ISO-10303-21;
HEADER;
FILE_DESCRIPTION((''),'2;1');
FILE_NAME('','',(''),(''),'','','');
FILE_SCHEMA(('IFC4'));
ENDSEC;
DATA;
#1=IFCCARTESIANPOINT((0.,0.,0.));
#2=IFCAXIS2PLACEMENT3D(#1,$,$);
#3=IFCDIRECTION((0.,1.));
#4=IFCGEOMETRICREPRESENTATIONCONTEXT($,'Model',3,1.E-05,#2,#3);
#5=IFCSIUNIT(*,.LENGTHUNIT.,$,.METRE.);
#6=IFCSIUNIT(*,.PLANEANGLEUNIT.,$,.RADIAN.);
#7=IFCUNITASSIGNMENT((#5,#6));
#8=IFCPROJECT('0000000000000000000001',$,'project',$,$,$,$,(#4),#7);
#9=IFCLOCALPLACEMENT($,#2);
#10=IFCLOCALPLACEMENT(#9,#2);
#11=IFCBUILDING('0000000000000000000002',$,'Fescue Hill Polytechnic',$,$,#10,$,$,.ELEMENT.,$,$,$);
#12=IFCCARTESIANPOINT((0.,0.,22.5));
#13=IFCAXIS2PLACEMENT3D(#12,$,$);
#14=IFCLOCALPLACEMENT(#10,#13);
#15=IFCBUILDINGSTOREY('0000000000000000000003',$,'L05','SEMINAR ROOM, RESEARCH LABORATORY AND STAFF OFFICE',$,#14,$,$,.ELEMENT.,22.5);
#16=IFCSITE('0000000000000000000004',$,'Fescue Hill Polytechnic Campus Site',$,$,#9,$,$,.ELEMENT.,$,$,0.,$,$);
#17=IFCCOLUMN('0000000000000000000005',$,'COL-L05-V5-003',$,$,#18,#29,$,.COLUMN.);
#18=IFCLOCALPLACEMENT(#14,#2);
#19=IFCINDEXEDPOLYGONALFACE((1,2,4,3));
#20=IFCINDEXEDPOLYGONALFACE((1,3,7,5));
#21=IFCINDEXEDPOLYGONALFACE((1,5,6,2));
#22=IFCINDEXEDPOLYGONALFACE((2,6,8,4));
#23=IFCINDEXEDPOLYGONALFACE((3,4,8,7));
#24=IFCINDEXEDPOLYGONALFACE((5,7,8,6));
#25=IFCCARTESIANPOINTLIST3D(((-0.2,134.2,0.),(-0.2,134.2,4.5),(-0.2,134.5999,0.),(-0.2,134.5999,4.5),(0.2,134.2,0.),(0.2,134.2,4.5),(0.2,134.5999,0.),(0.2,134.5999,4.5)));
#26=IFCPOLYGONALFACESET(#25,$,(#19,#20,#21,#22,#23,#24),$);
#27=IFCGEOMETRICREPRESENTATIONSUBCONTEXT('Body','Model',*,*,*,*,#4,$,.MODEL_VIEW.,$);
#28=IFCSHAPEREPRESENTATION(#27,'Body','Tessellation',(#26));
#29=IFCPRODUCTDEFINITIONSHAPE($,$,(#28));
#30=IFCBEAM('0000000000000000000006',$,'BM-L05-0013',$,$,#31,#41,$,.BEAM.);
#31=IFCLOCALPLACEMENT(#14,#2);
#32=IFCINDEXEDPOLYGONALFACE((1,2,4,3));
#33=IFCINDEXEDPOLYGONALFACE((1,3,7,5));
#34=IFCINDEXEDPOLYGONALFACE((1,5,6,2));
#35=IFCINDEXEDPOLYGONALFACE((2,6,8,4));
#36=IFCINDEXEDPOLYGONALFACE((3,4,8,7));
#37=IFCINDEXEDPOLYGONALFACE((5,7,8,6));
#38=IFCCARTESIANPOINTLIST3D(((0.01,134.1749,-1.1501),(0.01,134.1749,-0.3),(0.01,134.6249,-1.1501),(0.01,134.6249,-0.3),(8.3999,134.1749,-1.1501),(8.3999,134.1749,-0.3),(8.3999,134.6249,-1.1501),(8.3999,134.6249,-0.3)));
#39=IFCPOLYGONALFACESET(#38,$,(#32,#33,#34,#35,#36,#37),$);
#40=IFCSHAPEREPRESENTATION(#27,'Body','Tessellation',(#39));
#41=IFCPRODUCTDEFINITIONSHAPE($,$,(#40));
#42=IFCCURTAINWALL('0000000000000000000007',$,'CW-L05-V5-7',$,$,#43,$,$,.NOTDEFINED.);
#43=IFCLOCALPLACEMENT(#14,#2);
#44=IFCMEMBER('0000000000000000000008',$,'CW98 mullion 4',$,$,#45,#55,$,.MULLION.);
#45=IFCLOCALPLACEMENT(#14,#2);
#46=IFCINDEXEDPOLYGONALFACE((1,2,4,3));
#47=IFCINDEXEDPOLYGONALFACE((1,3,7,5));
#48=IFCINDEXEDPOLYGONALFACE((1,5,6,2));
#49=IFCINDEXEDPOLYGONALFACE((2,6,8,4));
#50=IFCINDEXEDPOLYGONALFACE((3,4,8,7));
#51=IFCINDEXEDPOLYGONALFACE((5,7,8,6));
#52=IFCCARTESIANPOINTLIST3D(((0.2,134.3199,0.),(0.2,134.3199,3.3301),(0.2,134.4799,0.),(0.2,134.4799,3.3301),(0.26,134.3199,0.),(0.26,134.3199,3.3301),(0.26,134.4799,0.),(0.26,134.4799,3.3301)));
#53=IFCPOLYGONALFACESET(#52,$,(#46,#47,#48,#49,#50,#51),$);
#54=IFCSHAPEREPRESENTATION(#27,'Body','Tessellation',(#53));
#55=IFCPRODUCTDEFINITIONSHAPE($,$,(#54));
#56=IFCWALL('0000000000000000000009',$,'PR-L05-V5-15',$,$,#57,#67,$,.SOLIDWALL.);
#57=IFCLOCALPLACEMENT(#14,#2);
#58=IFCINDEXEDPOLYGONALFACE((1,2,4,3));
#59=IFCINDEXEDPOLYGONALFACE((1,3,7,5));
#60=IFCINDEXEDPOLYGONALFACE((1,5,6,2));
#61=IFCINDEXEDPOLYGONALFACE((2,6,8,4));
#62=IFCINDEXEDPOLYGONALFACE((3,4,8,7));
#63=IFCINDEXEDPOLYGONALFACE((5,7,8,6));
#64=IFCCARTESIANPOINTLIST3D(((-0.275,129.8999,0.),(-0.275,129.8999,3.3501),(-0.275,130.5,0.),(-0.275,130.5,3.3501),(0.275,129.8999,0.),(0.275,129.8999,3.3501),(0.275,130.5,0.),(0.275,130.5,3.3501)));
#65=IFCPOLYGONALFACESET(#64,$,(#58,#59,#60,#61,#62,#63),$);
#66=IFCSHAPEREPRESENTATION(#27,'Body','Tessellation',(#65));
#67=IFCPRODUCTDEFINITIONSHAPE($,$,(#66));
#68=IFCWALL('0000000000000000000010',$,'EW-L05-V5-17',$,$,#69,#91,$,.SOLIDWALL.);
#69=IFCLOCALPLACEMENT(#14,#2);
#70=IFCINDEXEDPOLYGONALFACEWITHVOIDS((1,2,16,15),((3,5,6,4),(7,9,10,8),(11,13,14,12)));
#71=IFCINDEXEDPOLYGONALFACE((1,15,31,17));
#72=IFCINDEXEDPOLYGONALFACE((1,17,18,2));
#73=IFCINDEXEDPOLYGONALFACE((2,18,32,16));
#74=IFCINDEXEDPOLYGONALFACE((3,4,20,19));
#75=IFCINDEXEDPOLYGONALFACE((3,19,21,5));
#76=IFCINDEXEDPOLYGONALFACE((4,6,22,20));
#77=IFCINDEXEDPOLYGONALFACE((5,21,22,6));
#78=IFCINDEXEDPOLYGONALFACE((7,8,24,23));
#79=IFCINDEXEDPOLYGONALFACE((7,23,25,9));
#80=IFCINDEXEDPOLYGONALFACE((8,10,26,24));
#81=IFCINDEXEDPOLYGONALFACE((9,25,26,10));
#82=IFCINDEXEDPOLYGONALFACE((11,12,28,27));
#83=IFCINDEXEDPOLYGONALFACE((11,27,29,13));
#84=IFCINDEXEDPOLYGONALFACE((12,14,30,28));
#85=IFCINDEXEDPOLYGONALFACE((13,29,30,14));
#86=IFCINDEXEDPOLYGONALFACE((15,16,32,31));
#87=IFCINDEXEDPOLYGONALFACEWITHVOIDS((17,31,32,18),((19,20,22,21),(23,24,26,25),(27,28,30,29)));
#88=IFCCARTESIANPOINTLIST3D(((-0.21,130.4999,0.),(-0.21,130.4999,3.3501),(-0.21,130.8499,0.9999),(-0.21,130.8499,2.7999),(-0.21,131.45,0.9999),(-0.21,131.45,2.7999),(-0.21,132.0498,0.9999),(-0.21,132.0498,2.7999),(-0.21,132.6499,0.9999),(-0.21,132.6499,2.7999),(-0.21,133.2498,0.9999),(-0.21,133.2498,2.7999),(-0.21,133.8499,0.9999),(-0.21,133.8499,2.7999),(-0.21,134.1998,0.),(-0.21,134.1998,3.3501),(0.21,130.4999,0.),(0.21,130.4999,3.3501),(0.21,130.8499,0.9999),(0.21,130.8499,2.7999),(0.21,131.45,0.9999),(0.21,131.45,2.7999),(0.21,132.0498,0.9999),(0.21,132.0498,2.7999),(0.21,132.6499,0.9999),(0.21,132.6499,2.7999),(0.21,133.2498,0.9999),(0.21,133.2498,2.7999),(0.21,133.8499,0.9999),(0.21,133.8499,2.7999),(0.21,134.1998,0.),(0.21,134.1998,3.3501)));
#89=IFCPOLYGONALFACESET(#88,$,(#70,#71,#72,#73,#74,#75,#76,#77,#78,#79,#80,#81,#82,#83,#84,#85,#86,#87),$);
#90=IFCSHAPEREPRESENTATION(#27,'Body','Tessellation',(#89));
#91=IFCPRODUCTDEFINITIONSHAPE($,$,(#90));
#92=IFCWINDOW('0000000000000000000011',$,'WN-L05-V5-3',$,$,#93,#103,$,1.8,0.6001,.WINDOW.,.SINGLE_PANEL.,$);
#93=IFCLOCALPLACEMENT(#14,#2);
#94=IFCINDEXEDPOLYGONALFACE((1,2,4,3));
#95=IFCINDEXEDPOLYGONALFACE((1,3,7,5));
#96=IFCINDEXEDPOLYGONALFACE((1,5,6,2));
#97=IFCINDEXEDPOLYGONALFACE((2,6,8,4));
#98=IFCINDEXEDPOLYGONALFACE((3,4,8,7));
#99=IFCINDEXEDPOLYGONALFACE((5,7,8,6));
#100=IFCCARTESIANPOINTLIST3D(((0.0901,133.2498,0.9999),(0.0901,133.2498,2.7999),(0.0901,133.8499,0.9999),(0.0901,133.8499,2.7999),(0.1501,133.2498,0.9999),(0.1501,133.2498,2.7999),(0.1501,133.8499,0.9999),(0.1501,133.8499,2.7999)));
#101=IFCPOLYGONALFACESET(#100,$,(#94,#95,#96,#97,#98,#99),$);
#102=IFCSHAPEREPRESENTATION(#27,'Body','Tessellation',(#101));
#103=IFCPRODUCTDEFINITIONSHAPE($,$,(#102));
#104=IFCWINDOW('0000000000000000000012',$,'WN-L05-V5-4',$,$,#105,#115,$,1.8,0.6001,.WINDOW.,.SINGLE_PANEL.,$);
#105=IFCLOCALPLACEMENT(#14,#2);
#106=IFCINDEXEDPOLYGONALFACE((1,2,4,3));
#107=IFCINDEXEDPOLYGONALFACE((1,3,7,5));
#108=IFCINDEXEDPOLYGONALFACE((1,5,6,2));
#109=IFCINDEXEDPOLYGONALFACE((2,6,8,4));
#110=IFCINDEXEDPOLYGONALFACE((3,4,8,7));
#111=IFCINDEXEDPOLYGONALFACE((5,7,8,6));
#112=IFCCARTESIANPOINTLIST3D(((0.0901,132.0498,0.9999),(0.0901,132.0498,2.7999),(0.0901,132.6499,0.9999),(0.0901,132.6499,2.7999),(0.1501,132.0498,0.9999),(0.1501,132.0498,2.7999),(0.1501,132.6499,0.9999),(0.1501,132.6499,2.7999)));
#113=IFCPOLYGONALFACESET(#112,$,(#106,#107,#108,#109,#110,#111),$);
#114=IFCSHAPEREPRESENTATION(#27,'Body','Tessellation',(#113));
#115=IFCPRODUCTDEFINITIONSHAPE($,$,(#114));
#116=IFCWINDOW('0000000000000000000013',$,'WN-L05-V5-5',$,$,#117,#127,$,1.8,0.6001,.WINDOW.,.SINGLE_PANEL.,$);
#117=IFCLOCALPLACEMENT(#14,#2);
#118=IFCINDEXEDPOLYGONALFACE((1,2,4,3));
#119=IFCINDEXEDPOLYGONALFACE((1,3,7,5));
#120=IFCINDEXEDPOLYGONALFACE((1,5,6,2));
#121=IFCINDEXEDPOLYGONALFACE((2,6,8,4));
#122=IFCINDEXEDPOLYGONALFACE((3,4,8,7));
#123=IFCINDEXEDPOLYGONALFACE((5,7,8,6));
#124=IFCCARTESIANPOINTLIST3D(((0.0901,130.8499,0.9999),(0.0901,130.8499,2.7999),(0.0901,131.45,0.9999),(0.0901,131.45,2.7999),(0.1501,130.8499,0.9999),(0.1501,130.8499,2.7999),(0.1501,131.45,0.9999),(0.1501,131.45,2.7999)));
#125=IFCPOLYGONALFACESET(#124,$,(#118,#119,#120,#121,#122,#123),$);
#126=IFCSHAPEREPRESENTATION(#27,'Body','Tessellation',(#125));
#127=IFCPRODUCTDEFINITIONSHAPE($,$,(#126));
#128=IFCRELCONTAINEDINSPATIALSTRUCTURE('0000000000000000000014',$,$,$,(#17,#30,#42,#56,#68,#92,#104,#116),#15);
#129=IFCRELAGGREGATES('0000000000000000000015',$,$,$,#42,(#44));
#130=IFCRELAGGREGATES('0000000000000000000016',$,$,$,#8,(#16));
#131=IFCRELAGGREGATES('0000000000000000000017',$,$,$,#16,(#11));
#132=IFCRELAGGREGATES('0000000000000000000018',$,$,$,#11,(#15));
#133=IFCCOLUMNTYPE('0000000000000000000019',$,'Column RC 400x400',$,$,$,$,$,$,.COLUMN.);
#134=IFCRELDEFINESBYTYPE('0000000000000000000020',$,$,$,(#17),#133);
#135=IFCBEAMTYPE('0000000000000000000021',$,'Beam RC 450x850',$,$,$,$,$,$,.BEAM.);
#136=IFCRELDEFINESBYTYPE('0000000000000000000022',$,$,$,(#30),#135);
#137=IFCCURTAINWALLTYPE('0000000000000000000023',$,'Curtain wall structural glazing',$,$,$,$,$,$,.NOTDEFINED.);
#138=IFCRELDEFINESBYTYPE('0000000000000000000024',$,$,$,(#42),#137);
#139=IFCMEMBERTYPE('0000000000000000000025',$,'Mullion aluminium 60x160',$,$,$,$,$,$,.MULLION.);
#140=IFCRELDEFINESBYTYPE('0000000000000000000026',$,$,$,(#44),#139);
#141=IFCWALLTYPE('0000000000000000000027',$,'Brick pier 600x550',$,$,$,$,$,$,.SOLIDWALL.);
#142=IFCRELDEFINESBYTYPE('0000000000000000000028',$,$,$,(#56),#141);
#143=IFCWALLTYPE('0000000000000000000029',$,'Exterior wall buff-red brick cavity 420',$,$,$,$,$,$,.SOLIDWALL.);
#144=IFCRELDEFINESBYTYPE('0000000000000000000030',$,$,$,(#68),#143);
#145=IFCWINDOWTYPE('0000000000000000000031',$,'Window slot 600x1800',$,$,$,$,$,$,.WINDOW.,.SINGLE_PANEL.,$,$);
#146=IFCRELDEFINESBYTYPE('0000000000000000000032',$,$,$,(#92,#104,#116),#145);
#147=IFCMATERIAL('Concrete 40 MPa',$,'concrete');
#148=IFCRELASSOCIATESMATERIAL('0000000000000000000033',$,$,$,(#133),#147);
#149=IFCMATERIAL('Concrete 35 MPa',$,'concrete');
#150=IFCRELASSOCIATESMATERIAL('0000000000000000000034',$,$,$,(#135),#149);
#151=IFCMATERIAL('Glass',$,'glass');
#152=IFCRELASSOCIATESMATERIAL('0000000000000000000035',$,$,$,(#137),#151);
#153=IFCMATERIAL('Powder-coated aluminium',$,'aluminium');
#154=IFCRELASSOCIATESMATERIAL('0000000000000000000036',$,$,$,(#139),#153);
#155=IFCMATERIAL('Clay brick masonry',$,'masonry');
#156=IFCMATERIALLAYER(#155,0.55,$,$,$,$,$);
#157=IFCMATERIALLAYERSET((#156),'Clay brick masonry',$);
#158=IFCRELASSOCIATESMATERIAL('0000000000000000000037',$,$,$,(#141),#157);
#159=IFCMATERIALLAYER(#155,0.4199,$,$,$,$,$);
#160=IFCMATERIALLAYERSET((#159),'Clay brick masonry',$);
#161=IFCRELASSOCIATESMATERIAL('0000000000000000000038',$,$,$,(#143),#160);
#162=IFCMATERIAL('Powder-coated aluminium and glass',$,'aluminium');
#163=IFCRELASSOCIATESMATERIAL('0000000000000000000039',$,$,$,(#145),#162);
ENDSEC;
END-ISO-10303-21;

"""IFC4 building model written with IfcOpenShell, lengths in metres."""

from ifc_helpers import new_model, si_unit, direction, frame, frame_2d, origin, origin_2d, place, context, subcontext, project, spatial, rectangle, extrude, material, layer, layer_set, material_profile, profile_set, type_object, element, fill, aggregate, save


model = new_model("IFC4")

# Units and contexts
model_context = context("Model", 3, precision=1e-05, world=origin(), true_north=direction((0.0, 1.0)))
body_context = subcontext(model_context, "Body", "Model", "MODEL_VIEW")
ifc_project = project(units=[si_unit("LENGTHUNIT", "METRE"), si_unit("PLANEANGLEUNIT", "RADIAN")], contexts=[model_context])

# Site, building, storey
site_placement = place(None, origin())
site = spatial("IfcSite", under=ifc_project, at=site_placement, Name="Fescue Hill Polytechnic Campus Site", CompositionType="ELEMENT", RefElevation=0.0)
building_placement = place(site_placement, origin())
building = spatial("IfcBuilding", under=site, at=building_placement, Name="Fescue Hill Polytechnic", CompositionType="ELEMENT")
storey_placement = place(building_placement, frame((0.0, 0.0, 22.5)))
storey = spatial("IfcBuildingStorey", under=building, at=storey_placement, Name="L05", Description="SEMINAR ROOM, RESEARCH LABORATORY AND STAFF OFFICE", CompositionType="ELEMENT", Elevation=22.5)

# Column
ifc_material_1 = material(Name="Concrete 40 MPa", Category="concrete")
ifc_material_profile_1 = material_profile(ifc_material_1, rectangle(XDim=0.3999, YDim=0.3999, at=origin_2d()), Name="RC 400x400")
ifc_profile_set_1 = profile_set([ifc_material_profile_1], Name="Concrete 40 MPa")
column_type = type_object("IfcColumnType", Name="Column RC 400x400", PredefinedType="COLUMN", material=ifc_profile_set_1)
column_placement = place(storey_placement, frame((0.0, 134.3999, 0.0), z_axis=(0.0, 0.0, 1.0), x_axis=(1.0, 0.0, 0.0)))
element("IfcColumn", 1, at=column_placement, inside=storey, type_object=column_type, Name="COL-L05-V5-003", PredefinedType="COLUMN", context=body_context, shape_type="SweptSolid", body=[
    extrude(rectangle(XDim=0.3999, YDim=0.3999, at=origin_2d()), origin(), (0.0, 0.0, 1.0), 4.5),
])

# Beam
ifc_material_2 = material(Name="Concrete 35 MPa", Category="concrete")
ifc_material_profile_2 = material_profile(ifc_material_2, rectangle(XDim=0.45, YDim=0.8501, at=origin_2d()), Name="RC 450x850")
ifc_profile_set_2 = profile_set([ifc_material_profile_2], Name="Concrete 35 MPa")
beam_type = type_object("IfcBeamType", Name="Beam RC 450x850", PredefinedType="BEAM", material=ifc_profile_set_2)
beam_placement = place(storey_placement, frame((0.01, 134.3999, -0.7251), z_axis=(1.0, 0.0, 0.0), x_axis=(0.0, 1.0, 0.0)))
element("IfcBeam", 2, at=beam_placement, inside=storey, type_object=beam_type, Name="BM-L05-0013", PredefinedType="BEAM", context=body_context, shape_type="SweptSolid", body=[
    extrude(rectangle(XDim=0.45, YDim=0.8501, at=origin_2d()), origin(), (0.0, 0.0, 1.0), 8.3899),
])

# Curtain wall, member
ifc_material_3 = material(Name="Glass", Category="glass")
curtain_wall_type = type_object("IfcCurtainWallType", Name="Curtain wall structural glazing", PredefinedType="NOTDEFINED", material=ifc_material_3)
curtain_wall_placement = place(storey_placement, origin())
curtain_wall = element("IfcCurtainWall", 3, at=curtain_wall_placement, inside=storey, type_object=curtain_wall_type, Name="CW-L05-V5-7", PredefinedType="NOTDEFINED")
ifc_material_4 = material(Name="Powder-coated aluminium", Category="aluminium")
ifc_material_profile_3 = material_profile(ifc_material_4, rectangle(XDim=0.1599, YDim=0.0601, at=origin_2d()), Name="Mullion aluminium 60x160")
ifc_profile_set_3 = profile_set([ifc_material_profile_3], Name="Powder-coated aluminium")
member_type = type_object("IfcMemberType", Name="Mullion aluminium 60x160", PredefinedType="MULLION", material=ifc_profile_set_3)
member_placement = place(storey_placement, frame((0.23, 134.3999, 0.0), z_axis=(0.0, 0.0, 1.0), x_axis=(0.0, -1.0, 0.0)))
member = element("IfcMember", 4, at=member_placement, type_object=member_type, Name="CW98 mullion 4", PredefinedType="MULLION", context=body_context, shape_type="SweptSolid", body=[
    extrude(rectangle(XDim=0.1599, YDim=0.0601, at=origin_2d()), origin(), (0.0, 0.0, 1.0), 3.3301),
])
aggregate(curtain_wall, [member])

# Wall
ifc_material_5 = material(Name="Clay brick masonry", Category="masonry")
ifc_layer_1 = layer(ifc_material_5, 0.55)
ifc_layer_set_1 = layer_set([ifc_layer_1], Name="Clay brick masonry")
wall_type_1 = type_object("IfcWallType", Name="Brick pier 600x550", PredefinedType="SOLIDWALL", material=ifc_layer_set_1)
wall_1_placement = place(storey_placement, frame((0.0, 130.5, 0.0), z_axis=(0.0, 0.0, 1.0), x_axis=(0.0, -1.0, 0.0)))
element("IfcWall", 5, at=wall_1_placement, inside=storey, type_object=wall_type_1, Name="PR-L05-V5-15", PredefinedType="SOLIDWALL", context=body_context, shape_type="SweptSolid", body=[
    extrude(rectangle(XDim=0.6001, YDim=0.55, at=frame_2d((0.3, 0.0))), origin(), (0.0, 0.0, 1.0), 3.3501),
])

# Wall, openings, windows
ifc_layer_2 = layer(ifc_material_5, 0.4199)
ifc_layer_set_2 = layer_set([ifc_layer_2], Name="Clay brick masonry")
wall_type_2 = type_object("IfcWallType", Name="Exterior wall buff-red brick cavity 420", PredefinedType="SOLIDWALL", material=ifc_layer_set_2)
wall_2_placement = place(storey_placement, frame((0.0, 134.2, 0.0), z_axis=(0.0, 0.0, 1.0), x_axis=(0.0, -1.0, 0.0)))
wall_2 = element("IfcWall", 6, at=wall_2_placement, inside=storey, type_object=wall_type_2, Name="EW-L05-V5-17", PredefinedType="SOLIDWALL", context=body_context, shape_type="SweptSolid", body=[
    extrude(rectangle(XDim=3.7, YDim=0.4199, at=frame_2d((1.8501, 0.0))), origin(), (0.0, 0.0, 1.0), 3.3501),
])
opening_1_placement = place(wall_2_placement, frame((0.3501, 0.0, 1.0)))
opening_1 = element("IfcOpeningElement", 7, at=opening_1_placement, cuts=wall_2, PredefinedType="OPENING", context=body_context, shape_type="SweptSolid", body=[
    extrude(rectangle(XDim=0.6001, YDim=1.8, at=frame_2d((0.3, 0.8999))), frame((0.0, 0.22, 0.0), z_axis=(0.0, -1.0, 0.0), x_axis=(1.0, 0.0, 0.0)), (0.0, 0.0, 1.0), 0.4399),
])
opening_2_placement = place(wall_2_placement, frame((1.55, 0.0, 1.0)))
opening_2 = element("IfcOpeningElement", 8, at=opening_2_placement, cuts=wall_2, PredefinedType="OPENING", context=body_context, shape_type="SweptSolid", body=[
    extrude(rectangle(XDim=0.6001, YDim=1.8, at=frame_2d((0.3, 0.8999))), frame((0.0, 0.22, 0.0), z_axis=(0.0, -1.0, 0.0), x_axis=(1.0, 0.0, 0.0)), (0.0, 0.0, 1.0), 0.4399),
])
opening_3_placement = place(wall_2_placement, frame((2.75, 0.0, 1.0)))
opening_3 = element("IfcOpeningElement", 9, at=opening_3_placement, cuts=wall_2, PredefinedType="OPENING", context=body_context, shape_type="SweptSolid", body=[
    extrude(rectangle(XDim=0.6001, YDim=1.8, at=frame_2d((0.3, 0.8999))), frame((0.0, 0.22, 0.0), z_axis=(0.0, -1.0, 0.0), x_axis=(1.0, 0.0, 0.0)), (0.0, 0.0, 1.0), 0.4399),
])
ifc_material_6 = material(Name="Powder-coated aluminium and glass", Category="aluminium")
window_type = type_object("IfcWindowType", Name="Window slot 600x1800", PartitioningType="SINGLE_PANEL", PredefinedType="WINDOW", material=ifc_material_6)
window_1_placement = place(opening_1_placement, origin())
window_1 = element("IfcWindow", 10, at=window_1_placement, inside=storey, type_object=window_type, Name="WN-L05-V5-3", OverallHeight=1.8, OverallWidth=0.6001, PartitioningType="SINGLE_PANEL", PredefinedType="WINDOW", context=body_context, shape_type="SweptSolid", body=[
    extrude(rectangle(XDim=0.6001, YDim=1.8, at=frame_2d((0.3, 0.8999))), frame((0.0, 0.1501, 0.0), z_axis=(0.0, -1.0, 0.0), x_axis=(1.0, 0.0, 0.0)), (0.0, 0.0, 1.0), 0.0601),
])
fill(opening_1, window_1)
window_2_placement = place(opening_2_placement, origin())
window_2 = element("IfcWindow", 11, at=window_2_placement, inside=storey, type_object=window_type, Name="WN-L05-V5-4", OverallHeight=1.8, OverallWidth=0.6001, PartitioningType="SINGLE_PANEL", PredefinedType="WINDOW", context=body_context, shape_type="SweptSolid", body=[
    extrude(rectangle(XDim=0.6001, YDim=1.8, at=frame_2d((0.3, 0.8999))), frame((0.0, 0.1501, 0.0), z_axis=(0.0, -1.0, 0.0), x_axis=(1.0, 0.0, 0.0)), (0.0, 0.0, 1.0), 0.0601),
])
fill(opening_2, window_2)
window_3_placement = place(opening_3_placement, origin())
window_3 = element("IfcWindow", 12, at=window_3_placement, inside=storey, type_object=window_type, Name="WN-L05-V5-5", OverallHeight=1.8, OverallWidth=0.6001, PartitioningType="SINGLE_PANEL", PredefinedType="WINDOW", context=body_context, shape_type="SweptSolid", body=[
    extrude(rectangle(XDim=0.6001, YDim=1.8, at=frame_2d((0.3, 0.8999))), frame((0.0, 0.1501, 0.0), z_axis=(0.0, -1.0, 0.0), x_axis=(1.0, 0.0, 0.0)), (0.0, 0.0, 1.0), 0.0601),
])
fill(opening_3, window_3)

save(model, "model.ifc")
